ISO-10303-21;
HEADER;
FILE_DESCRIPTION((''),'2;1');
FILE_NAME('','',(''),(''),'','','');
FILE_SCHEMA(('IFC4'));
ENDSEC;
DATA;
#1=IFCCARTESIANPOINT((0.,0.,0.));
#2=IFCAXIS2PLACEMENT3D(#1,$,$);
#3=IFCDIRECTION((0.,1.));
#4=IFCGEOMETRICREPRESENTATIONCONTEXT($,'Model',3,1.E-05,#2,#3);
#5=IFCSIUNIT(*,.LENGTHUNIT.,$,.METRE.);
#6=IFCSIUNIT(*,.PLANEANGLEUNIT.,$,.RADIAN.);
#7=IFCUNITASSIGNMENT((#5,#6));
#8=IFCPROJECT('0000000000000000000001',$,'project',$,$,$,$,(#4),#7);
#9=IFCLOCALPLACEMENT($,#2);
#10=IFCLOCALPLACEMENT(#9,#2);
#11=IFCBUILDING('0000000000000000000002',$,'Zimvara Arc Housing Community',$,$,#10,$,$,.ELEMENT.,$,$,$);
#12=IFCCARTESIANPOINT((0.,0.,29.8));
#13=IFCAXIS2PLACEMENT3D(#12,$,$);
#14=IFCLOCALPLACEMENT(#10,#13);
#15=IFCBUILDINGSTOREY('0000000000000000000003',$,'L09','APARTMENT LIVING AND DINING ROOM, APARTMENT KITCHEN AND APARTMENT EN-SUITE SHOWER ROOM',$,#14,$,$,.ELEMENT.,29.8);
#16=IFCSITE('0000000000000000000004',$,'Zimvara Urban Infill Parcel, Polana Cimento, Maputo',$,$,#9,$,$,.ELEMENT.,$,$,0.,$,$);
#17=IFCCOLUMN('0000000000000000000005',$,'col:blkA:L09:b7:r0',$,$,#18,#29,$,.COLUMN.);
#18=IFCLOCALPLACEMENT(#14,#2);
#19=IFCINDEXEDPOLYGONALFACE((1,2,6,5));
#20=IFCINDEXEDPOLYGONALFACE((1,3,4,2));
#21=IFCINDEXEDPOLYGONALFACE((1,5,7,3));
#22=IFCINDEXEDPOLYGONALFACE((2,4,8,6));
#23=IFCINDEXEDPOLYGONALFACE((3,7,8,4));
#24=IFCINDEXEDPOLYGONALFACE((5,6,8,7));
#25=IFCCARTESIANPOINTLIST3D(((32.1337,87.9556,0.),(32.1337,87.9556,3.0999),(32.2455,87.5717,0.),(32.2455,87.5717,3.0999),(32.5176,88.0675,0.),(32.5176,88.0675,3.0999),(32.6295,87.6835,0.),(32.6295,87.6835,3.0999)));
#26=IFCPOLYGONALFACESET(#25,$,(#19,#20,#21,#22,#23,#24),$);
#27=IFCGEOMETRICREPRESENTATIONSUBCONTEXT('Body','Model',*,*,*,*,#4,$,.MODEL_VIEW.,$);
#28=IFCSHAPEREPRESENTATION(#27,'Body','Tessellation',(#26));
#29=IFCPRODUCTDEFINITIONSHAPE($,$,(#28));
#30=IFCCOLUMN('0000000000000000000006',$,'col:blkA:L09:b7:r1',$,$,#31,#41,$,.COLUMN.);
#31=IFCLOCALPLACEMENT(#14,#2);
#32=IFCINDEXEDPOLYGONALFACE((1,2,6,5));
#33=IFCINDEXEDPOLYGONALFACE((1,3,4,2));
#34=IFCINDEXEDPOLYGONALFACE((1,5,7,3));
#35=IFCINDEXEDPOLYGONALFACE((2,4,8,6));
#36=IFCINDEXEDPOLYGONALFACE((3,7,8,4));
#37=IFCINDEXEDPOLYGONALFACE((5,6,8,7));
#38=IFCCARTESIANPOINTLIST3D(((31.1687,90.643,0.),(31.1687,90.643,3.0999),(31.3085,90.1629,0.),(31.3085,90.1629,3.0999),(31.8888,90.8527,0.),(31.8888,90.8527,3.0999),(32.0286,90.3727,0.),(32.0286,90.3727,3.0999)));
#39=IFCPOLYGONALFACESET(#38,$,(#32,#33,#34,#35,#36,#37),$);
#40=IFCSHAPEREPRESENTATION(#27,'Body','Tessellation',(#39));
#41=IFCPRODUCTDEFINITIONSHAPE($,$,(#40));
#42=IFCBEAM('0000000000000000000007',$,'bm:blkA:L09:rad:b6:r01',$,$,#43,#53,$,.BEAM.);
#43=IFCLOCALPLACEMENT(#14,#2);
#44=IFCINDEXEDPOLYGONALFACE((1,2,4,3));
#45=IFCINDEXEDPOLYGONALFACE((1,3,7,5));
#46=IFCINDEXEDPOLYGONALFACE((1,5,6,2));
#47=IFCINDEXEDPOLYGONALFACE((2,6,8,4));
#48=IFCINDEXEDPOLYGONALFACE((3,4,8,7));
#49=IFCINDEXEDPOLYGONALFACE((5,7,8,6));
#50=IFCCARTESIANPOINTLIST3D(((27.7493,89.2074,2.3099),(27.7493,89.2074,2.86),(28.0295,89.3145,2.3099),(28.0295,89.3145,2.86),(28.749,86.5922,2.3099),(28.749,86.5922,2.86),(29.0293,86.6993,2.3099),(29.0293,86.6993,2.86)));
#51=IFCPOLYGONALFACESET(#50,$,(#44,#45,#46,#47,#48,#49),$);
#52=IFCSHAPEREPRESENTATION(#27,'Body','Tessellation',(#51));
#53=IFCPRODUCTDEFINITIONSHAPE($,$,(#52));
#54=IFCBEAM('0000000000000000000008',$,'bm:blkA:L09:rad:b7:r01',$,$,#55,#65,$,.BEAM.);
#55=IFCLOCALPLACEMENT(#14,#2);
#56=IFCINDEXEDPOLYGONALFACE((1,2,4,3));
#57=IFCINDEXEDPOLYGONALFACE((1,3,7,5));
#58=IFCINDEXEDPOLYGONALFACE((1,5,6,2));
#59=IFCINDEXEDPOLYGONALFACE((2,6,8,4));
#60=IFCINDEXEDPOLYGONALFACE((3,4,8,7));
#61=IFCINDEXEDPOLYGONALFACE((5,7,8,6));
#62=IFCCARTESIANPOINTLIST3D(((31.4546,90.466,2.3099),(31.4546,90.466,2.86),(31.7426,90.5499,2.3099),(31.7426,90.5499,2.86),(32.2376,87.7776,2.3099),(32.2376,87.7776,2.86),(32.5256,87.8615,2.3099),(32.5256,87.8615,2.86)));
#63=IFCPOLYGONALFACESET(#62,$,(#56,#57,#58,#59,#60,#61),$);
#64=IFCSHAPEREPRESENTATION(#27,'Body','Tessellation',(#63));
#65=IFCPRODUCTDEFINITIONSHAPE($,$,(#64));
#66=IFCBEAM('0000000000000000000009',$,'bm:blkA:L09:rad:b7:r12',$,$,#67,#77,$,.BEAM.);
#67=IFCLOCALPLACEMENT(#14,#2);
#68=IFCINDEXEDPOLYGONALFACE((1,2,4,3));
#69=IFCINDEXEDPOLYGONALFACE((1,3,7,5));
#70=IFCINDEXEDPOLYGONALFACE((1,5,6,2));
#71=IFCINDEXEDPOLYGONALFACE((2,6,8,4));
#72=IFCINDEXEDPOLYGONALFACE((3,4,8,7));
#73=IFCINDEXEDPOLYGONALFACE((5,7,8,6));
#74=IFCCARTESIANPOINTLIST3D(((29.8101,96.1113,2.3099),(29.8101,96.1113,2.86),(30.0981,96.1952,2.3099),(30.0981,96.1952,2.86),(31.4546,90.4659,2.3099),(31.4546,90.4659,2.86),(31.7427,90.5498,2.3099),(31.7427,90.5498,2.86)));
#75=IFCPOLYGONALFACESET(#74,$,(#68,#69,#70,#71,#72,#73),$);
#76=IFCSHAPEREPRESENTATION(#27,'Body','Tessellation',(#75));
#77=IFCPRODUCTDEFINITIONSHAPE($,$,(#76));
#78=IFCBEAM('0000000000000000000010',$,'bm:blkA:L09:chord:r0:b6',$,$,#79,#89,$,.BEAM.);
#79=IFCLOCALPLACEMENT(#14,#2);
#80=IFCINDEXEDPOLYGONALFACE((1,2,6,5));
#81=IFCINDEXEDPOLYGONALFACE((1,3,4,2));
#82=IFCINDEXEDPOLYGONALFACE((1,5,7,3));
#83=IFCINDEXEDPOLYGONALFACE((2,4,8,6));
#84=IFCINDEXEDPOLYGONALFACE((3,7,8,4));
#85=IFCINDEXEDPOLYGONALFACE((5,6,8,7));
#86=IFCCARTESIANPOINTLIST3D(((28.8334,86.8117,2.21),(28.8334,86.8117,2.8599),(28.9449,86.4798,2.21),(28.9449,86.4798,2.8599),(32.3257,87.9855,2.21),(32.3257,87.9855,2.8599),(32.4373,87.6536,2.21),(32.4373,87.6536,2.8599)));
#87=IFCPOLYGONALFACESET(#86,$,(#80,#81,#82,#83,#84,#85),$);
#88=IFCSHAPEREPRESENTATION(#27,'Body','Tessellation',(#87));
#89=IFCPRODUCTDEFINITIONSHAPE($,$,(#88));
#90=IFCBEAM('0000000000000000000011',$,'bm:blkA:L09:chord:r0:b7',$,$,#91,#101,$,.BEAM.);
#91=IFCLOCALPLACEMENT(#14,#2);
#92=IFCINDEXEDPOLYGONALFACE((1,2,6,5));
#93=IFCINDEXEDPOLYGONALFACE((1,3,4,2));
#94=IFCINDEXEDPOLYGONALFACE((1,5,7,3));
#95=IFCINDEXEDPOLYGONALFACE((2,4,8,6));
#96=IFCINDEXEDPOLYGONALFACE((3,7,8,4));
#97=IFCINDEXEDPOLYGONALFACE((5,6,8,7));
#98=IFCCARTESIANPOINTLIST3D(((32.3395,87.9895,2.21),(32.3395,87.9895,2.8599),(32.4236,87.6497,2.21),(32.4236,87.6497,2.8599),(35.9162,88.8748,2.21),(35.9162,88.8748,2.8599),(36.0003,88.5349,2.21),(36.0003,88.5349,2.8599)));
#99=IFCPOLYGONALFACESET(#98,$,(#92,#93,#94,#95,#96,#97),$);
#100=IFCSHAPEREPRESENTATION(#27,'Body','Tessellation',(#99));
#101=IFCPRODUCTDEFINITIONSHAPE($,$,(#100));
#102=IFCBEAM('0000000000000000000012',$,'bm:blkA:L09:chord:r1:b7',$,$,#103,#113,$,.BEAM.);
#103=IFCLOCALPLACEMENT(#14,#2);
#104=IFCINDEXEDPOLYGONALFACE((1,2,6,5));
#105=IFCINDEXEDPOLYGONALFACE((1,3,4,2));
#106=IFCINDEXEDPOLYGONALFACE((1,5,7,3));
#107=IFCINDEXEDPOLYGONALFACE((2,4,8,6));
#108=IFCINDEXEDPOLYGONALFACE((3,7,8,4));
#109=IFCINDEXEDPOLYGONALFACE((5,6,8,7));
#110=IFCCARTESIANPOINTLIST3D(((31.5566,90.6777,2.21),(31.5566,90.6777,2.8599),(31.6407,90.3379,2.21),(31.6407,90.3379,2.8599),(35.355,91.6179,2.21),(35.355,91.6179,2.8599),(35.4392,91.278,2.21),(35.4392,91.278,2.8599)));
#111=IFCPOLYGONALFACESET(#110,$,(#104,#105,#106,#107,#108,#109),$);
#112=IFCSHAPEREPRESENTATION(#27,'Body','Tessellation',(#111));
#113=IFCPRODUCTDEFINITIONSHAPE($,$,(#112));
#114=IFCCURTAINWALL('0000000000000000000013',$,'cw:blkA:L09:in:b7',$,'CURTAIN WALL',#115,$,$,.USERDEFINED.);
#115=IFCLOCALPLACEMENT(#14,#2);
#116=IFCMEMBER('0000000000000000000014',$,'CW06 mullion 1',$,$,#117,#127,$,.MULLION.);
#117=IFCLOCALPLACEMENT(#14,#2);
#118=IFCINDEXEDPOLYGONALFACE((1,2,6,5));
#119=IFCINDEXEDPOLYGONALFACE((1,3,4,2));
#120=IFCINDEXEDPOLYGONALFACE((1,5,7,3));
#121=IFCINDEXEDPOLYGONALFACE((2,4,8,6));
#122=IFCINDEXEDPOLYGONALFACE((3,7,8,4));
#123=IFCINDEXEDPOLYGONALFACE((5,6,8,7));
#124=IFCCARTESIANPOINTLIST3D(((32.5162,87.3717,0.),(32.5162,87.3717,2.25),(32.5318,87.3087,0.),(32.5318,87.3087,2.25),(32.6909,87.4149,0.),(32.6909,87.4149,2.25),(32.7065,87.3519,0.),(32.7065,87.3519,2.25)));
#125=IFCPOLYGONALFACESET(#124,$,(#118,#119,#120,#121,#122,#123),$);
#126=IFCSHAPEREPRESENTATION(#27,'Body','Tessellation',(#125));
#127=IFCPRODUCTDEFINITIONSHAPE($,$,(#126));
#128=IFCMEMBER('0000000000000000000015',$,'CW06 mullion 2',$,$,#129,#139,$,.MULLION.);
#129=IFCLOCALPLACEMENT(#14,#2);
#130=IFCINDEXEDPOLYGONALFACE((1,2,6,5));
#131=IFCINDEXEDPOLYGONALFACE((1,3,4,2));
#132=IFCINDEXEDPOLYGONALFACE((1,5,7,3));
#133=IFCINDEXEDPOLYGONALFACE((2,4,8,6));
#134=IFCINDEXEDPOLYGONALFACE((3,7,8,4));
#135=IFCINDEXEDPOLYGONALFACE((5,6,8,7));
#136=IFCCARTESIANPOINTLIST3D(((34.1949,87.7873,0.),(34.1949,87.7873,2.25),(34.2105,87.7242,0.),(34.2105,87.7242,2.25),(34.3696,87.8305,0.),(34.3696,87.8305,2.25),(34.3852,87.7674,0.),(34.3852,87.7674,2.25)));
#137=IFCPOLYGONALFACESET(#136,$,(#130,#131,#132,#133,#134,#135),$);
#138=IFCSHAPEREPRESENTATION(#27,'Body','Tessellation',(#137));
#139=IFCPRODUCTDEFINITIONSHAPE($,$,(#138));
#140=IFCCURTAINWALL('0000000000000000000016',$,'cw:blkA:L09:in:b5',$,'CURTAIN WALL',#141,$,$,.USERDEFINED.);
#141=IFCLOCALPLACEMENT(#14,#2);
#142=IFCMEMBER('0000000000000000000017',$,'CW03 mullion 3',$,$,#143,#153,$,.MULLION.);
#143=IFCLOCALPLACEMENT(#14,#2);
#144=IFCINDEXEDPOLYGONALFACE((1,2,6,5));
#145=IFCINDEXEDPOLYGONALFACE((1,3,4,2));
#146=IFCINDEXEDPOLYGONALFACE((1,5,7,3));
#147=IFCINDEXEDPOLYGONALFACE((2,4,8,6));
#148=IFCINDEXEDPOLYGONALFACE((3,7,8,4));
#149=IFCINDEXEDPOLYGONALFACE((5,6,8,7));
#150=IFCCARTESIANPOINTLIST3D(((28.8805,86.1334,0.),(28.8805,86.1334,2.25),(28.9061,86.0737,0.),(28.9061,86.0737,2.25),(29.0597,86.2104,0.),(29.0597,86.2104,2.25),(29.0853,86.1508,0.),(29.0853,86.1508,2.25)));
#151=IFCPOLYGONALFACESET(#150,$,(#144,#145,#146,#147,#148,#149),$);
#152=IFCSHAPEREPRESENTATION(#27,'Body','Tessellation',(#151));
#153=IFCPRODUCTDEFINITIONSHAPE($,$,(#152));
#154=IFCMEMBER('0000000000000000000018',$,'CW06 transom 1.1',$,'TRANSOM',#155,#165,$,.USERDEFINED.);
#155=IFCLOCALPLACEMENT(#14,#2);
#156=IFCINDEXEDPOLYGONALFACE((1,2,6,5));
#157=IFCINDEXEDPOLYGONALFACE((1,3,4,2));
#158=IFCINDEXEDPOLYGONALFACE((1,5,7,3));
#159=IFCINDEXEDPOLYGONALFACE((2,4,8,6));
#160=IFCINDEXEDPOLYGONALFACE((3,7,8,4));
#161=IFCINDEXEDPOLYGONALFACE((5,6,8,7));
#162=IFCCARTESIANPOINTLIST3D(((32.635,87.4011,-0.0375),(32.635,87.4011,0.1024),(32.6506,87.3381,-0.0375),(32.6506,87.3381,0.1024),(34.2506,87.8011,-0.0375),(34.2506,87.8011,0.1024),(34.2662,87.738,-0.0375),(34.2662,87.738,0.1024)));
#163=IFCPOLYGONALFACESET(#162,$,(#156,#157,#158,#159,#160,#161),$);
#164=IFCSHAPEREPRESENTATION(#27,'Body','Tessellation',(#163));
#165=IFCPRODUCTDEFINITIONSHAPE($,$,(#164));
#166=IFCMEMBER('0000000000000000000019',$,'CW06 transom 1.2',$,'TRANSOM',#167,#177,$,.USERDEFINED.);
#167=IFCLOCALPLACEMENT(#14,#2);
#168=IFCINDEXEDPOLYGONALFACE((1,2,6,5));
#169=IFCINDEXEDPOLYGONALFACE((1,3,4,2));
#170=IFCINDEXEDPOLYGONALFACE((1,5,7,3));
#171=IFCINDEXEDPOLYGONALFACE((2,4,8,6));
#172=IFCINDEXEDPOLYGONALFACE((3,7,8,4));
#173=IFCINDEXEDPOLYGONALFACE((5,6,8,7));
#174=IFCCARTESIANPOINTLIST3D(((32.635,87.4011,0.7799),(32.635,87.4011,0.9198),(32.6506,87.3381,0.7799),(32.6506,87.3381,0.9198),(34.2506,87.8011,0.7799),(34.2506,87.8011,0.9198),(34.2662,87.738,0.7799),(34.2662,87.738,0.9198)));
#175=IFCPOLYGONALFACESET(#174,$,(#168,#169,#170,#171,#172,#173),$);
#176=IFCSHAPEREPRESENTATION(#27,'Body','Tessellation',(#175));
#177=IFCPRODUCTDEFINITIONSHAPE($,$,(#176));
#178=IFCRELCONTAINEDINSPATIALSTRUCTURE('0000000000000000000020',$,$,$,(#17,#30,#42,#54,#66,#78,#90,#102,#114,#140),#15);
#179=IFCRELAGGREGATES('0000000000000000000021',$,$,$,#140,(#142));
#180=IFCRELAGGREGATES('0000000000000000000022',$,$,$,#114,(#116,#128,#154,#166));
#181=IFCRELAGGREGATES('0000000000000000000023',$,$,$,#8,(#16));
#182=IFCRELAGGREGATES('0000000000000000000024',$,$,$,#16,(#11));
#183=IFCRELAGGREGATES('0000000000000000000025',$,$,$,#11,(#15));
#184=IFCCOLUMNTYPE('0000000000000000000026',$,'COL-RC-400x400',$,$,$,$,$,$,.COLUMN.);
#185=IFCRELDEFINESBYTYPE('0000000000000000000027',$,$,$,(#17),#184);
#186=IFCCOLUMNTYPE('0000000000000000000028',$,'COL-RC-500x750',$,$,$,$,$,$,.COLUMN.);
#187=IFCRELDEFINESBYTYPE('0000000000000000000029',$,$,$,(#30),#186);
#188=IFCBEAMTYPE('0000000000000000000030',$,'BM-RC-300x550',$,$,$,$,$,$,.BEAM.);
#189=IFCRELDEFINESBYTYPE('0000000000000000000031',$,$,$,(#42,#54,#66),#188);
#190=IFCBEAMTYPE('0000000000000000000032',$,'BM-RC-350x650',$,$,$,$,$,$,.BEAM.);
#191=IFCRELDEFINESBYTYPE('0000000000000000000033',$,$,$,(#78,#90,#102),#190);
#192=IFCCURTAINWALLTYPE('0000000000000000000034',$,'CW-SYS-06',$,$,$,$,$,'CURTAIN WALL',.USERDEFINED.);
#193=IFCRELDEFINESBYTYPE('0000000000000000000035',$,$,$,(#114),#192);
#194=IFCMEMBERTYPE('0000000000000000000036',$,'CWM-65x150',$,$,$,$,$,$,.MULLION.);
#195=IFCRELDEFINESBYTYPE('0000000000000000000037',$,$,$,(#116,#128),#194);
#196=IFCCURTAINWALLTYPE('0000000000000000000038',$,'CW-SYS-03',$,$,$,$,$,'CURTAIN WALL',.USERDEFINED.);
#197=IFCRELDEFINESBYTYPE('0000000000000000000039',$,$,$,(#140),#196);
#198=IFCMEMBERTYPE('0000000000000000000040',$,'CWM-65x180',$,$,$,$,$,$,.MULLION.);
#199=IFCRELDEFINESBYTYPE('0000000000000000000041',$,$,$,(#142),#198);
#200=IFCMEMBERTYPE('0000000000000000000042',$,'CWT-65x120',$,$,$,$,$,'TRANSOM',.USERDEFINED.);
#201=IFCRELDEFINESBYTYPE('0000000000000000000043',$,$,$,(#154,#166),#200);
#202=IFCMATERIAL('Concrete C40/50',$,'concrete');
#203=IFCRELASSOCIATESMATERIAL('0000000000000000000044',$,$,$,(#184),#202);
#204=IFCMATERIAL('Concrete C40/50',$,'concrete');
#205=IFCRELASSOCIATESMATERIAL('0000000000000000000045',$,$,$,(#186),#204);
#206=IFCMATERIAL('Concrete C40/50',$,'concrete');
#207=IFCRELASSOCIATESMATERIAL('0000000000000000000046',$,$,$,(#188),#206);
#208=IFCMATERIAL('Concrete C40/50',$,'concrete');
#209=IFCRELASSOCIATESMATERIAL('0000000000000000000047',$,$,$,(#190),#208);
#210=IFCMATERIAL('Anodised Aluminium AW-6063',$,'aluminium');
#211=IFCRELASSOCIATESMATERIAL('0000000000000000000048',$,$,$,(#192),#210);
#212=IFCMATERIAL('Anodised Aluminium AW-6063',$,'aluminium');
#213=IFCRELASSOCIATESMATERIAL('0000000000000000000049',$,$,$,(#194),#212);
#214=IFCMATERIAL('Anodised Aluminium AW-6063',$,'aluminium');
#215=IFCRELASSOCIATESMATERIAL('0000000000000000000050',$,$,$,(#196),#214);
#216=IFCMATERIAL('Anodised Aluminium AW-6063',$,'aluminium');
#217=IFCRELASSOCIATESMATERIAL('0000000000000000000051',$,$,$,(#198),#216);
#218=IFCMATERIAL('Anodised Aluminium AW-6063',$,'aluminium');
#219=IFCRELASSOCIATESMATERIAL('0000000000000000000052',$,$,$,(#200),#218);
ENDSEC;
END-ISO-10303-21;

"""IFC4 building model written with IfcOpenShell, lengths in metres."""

from ifc_helpers import new_model, si_unit, direction, frame, origin, origin_2d, place, context, subcontext, project, spatial, rectangle, extrude, material, material_profile, profile_set, type_object, element, aggregate, save


model = new_model("IFC4")

# Units and contexts
model_context = context("Model", 3, precision=1e-05, world=origin(), true_north=direction((0.0, 1.0)))
body_context = subcontext(model_context, "Body", "Model", "MODEL_VIEW")
ifc_project = project(units=[si_unit("LENGTHUNIT", "METRE"), si_unit("PLANEANGLEUNIT", "RADIAN")], contexts=[model_context])

# Site, building, storey
site_placement = place(None, origin())
site = spatial("IfcSite", under=ifc_project, at=site_placement, Name="Zimvara Urban Infill Parcel, Polana Cimento, Maputo", CompositionType="ELEMENT", RefElevation=0.0)
building_placement = place(site_placement, origin())
building = spatial("IfcBuilding", under=site, at=building_placement, Name="Zimvara Arc Housing Community", CompositionType="ELEMENT")
storey_placement = place(building_placement, frame((0.0, 0.0, 29.8)))
storey = spatial("IfcBuildingStorey", under=building, at=storey_placement, Name="L09", Description="APARTMENT LIVING AND DINING ROOM, APARTMENT KITCHEN AND APARTMENT EN-SUITE SHOWER ROOM", CompositionType="ELEMENT", Elevation=29.8)

# Columns
ifc_material_1 = material(Name="Concrete C40/50", Category="concrete")
ifc_material_profile_1 = material_profile(ifc_material_1, rectangle(XDim=0.3999, YDim=0.3999, at=origin_2d()), Name="RC 400x400")
ifc_profile_set_1 = profile_set([ifc_material_profile_1], Name="Concrete C40/50")
column_type_1 = type_object("IfcColumnType", Name="COL-RC-400x400", PredefinedType="COLUMN", material=ifc_profile_set_1)
column_1_placement = place(storey_placement, frame((32.3816, 87.8196, 0.0), z_axis=(0.0, 0.0, 1.0), x_axis=(-0.279661, 0.960099, 0.0)))
element("IfcColumn", 1, at=column_1_placement, inside=storey, type_object=column_type_1, Name="col:blkA:L09:b7:r0", PredefinedType="COLUMN", context=body_context, shape_type="SweptSolid", body=[
    extrude(rectangle(XDim=0.3999, YDim=0.3999, at=origin_2d()), origin(), (0.0, 0.0, 1.0), 3.0999),
])
ifc_material_2 = material(Name="Concrete C40/50", Category="concrete")
ifc_material_profile_2 = material_profile(ifc_material_2, rectangle(XDim=0.5, YDim=0.75, at=origin_2d()), Name="RC 500x750")
ifc_profile_set_2 = profile_set([ifc_material_profile_2], Name="Concrete C40/50")
column_type_2 = type_object("IfcColumnType", Name="COL-RC-500x750", PredefinedType="COLUMN", material=ifc_profile_set_2)
column_2_placement = place(storey_placement, frame((31.5986, 90.5078, 0.0), z_axis=(0.0, 0.0, 1.0), x_axis=(-0.279661, 0.960099, 0.0)))
element("IfcColumn", 2, at=column_2_placement, inside=storey, type_object=column_type_2, Name="col:blkA:L09:b7:r1", PredefinedType="COLUMN", context=body_context, shape_type="SweptSolid", body=[
    extrude(rectangle(XDim=0.5, YDim=0.75, at=origin_2d()), origin(), (0.0, 0.0, 1.0), 3.0999),
])

# Beams
ifc_material_3 = material(Name="Concrete C40/50", Category="concrete")
ifc_material_profile_3 = material_profile(ifc_material_3, rectangle(XDim=0.3, YDim=0.55, at=origin_2d()), Name="RC 300x550")
ifc_profile_set_3 = profile_set([ifc_material_profile_3], Name="Concrete C40/50")
beam_type_1 = type_object("IfcBeamType", Name="BM-RC-300x550", PredefinedType="BEAM", material=ifc_profile_set_3)
beam_1_placement = place(storey_placement, frame((28.8892, 86.6458, 2.585), z_axis=(-0.357079, 0.934074, 0.0), x_axis=(-0.934074, -0.357079, 0.0)))
element("IfcBeam", 3, at=beam_1_placement, inside=storey, type_object=beam_type_1, Name="bm:blkA:L09:rad:b6:r01", PredefinedType="BEAM", context=body_context, shape_type="SweptSolid", body=[
    extrude(rectangle(XDim=0.3, YDim=0.55, at=origin_2d()), origin(), (0.0, 0.0, 1.0), 2.7998),
])
beam_2_placement = place(storey_placement, frame((32.3816, 87.8196, 2.585), z_axis=(-0.279635, 0.960106, 0.0), x_axis=(-0.960106, -0.279635, 0.0)))
element("IfcBeam", 4, at=beam_2_placement, inside=storey, type_object=beam_type_1, Name="bm:blkA:L09:rad:b7:r01", PredefinedType="BEAM", context=body_context, shape_type="SweptSolid", body=[
    extrude(rectangle(XDim=0.3, YDim=0.55, at=origin_2d()), origin(), (0.0, 0.0, 1.0), 2.8),
])
beam_3_placement = place(storey_placement, frame((31.5986, 90.5078, 2.585), z_axis=(-0.279675, 0.960095, 0.0), x_axis=(-0.960095, -0.279675, 0.0)))
element("IfcBeam", 5, at=beam_3_placement, inside=storey, type_object=beam_type_1, Name="bm:blkA:L09:rad:b7:r12", PredefinedType="BEAM", context=body_context, shape_type="SweptSolid", body=[
    extrude(rectangle(XDim=0.3, YDim=0.55, at=origin_2d()), origin(), (0.0, 0.0, 1.0), 5.8801),
])
ifc_material_4 = material(Name="Concrete C40/50", Category="concrete")
ifc_material_profile_4 = material_profile(ifc_material_4, rectangle(XDim=0.3501, YDim=0.6499, at=origin_2d()), Name="RC 350x650")
ifc_profile_set_4 = profile_set([ifc_material_profile_4], Name="Concrete C40/50")
beam_type_2 = type_object("IfcBeamType", Name="BM-RC-350x650", PredefinedType="BEAM", material=ifc_profile_set_4)
beam_4_placement = place(storey_placement, frame((28.8892, 86.6458, 2.5349), z_axis=(0.947892, 0.318592, 0.0), x_axis=(-0.318592, 0.947892, 0.0)))
element("IfcBeam", 6, at=beam_4_placement, inside=storey, type_object=beam_type_2, Name="bm:blkA:L09:chord:r0:b6", PredefinedType="BEAM", context=body_context, shape_type="SweptSolid", body=[
    extrude(rectangle(XDim=0.3501, YDim=0.6499, at=origin_2d()), origin(), (0.0, 0.0, 1.0), 3.6843),
])
beam_5_placement = place(storey_placement, frame((32.3816, 87.8196, 2.5349), z_axis=(0.970709, 0.240259, 0.0), x_axis=(-0.240259, 0.970709, 0.0)))
element("IfcBeam", 7, at=beam_5_placement, inside=storey, type_object=beam_type_2, Name="bm:blkA:L09:chord:r0:b7", PredefinedType="BEAM", context=body_context, shape_type="SweptSolid", body=[
    extrude(rectangle(XDim=0.3501, YDim=0.6499, at=origin_2d()), origin(), (0.0, 0.0, 1.0), 3.6846),
])
beam_6_placement = place(storey_placement, frame((31.5986, 90.5078, 2.5349), z_axis=(0.970709, 0.24026, 0.0), x_axis=(-0.24026, 0.970709, 0.0)))
element("IfcBeam", 8, at=beam_6_placement, inside=storey, type_object=beam_type_2, Name="bm:blkA:L09:chord:r1:b7", PredefinedType="BEAM", context=body_context, shape_type="SweptSolid", body=[
    extrude(rectangle(XDim=0.3501, YDim=0.6499, at=origin_2d()), origin(), (0.0, 0.0, 1.0), 3.9131),
])

# Curtain wall, members
ifc_material_5 = material(Name="Anodised Aluminium AW-6063", Category="aluminium")
curtain_wall_type_1 = type_object("IfcCurtainWallType", Name="CW-SYS-06", ElementType="CURTAIN WALL", PredefinedType="USERDEFINED", material=ifc_material_5)
curtain_wall_1_placement = place(storey_placement, origin())
curtain_wall_1 = element("IfcCurtainWall", 9, at=curtain_wall_1_placement, inside=storey, type_object=curtain_wall_type_1, Name="cw:blkA:L09:in:b7", ObjectType="CURTAIN WALL", PredefinedType="USERDEFINED")
ifc_material_6 = material(Name="Anodised Aluminium AW-6063", Category="aluminium")
ifc_material_profile_5 = material_profile(ifc_material_6, rectangle(XDim=0.0649, YDim=0.1799, at=origin_2d()), Name="ALU 65x180")
ifc_profile_set_5 = profile_set([ifc_material_profile_5], Name="Anodised Aluminium AW-6063")
member_type_1 = type_object("IfcMemberType", Name="CWM-65x150", PredefinedType="MULLION", material=ifc_profile_set_5)
member_1_placement = place(storey_placement, frame((32.6113, 87.3618, 0.0), z_axis=(0.0, 0.0, 1.0), x_axis=(-0.240228, 0.970717, 0.0)))
member_1 = element("IfcMember", 10, at=member_1_placement, type_object=member_type_1, Name="CW06 mullion 1", PredefinedType="MULLION", context=body_context, shape_type="SweptSolid", body=[
    extrude(rectangle(XDim=0.0649, YDim=0.1799, at=origin_2d()), origin(), (0.0, 0.0, 1.0), 2.25),
])
member_2_placement = place(storey_placement, frame((34.29, 87.7773, 0.0), z_axis=(0.0, 0.0, 1.0), x_axis=(-0.240228, 0.970717, 0.0)))
member_2 = element("IfcMember", 11, at=member_2_placement, type_object=member_type_1, Name="CW06 mullion 2", PredefinedType="MULLION", context=body_context, shape_type="SweptSolid", body=[
    extrude(rectangle(XDim=0.0649, YDim=0.1799, at=origin_2d()), origin(), (0.0, 0.0, 1.0), 2.25),
])

# Curtain wall, member
ifc_material_7 = material(Name="Anodised Aluminium AW-6063", Category="aluminium")
curtain_wall_type_2 = type_object("IfcCurtainWallType", Name="CW-SYS-03", ElementType="CURTAIN WALL", PredefinedType="USERDEFINED", material=ifc_material_7)
curtain_wall_2_placement = place(storey_placement, origin())
curtain_wall_2 = element("IfcCurtainWall", 12, at=curtain_wall_2_placement, inside=storey, type_object=curtain_wall_type_2, Name="cw:blkA:L09:in:b5", ObjectType="CURTAIN WALL", PredefinedType="USERDEFINED")
ifc_material_8 = material(Name="Anodised Aluminium AW-6063", Category="aluminium")
ifc_material_profile_6 = material_profile(ifc_material_8, rectangle(XDim=0.0649, YDim=0.1951, at=origin_2d()), Name="ALU 65x195")
ifc_profile_set_6 = profile_set([ifc_material_profile_6], Name="Anodised Aluminium AW-6063")
member_type_2 = type_object("IfcMemberType", Name="CWM-65x180", PredefinedType="MULLION", material=ifc_profile_set_6)
member_3_placement = place(storey_placement, frame((28.9829, 86.1421, 0.0), z_axis=(0.0, 0.0, 1.0), x_axis=(-0.394904, 0.918722, 0.0)))
member_3 = element("IfcMember", 13, at=member_3_placement, type_object=member_type_2, Name="CW03 mullion 3", PredefinedType="MULLION", context=body_context, shape_type="SweptSolid", body=[
    extrude(rectangle(XDim=0.0649, YDim=0.1951, at=origin_2d()), origin(), (0.0, 0.0, 1.0), 2.25),
])
aggregate(curtain_wall_2, [member_3])

# Members
ifc_material_9 = material(Name="Anodised Aluminium AW-6063", Category="aluminium")
ifc_material_profile_7 = material_profile(ifc_material_9, rectangle(XDim=0.0649, YDim=0.1399, at=origin_2d()), Name="ALU 65x140")
ifc_profile_set_7 = profile_set([ifc_material_profile_7], Name="Anodised Aluminium AW-6063")
member_type_3 = type_object("IfcMemberType", Name="CWT-65x120", ElementType="TRANSOM", PredefinedType="USERDEFINED", material=ifc_profile_set_7)
member_4_placement = place(storey_placement, frame((32.6428, 87.3696, 0.0325), z_axis=(0.970701, 0.240291, 0.0), x_axis=(-0.240291, 0.970701, 0.0)))
member_4 = element("IfcMember", 14, at=member_4_placement, type_object=member_type_3, Name="CW06 transom 1.1", ObjectType="TRANSOM", PredefinedType="USERDEFINED", context=body_context, shape_type="SweptSolid", body=[
    extrude(rectangle(XDim=0.0649, YDim=0.1399, at=origin_2d()), origin(), (0.0, 0.0, 1.0), 1.6643),
])
member_5_placement = place(storey_placement, frame((32.6428, 87.3696, 0.8499), z_axis=(0.970701, 0.240291, 0.0), x_axis=(-0.240291, 0.970701, 0.0)))
member_5 = element("IfcMember", 15, at=member_5_placement, type_object=member_type_3, Name="CW06 transom 1.2", ObjectType="TRANSOM", PredefinedType="USERDEFINED", context=body_context, shape_type="SweptSolid", body=[
    extrude(rectangle(XDim=0.0649, YDim=0.1399, at=origin_2d()), origin(), (0.0, 0.0, 1.0), 1.6643),
])

aggregate(curtain_wall_1, [member_1, member_2, member_4, member_5])

save(model, "model.ifc")
